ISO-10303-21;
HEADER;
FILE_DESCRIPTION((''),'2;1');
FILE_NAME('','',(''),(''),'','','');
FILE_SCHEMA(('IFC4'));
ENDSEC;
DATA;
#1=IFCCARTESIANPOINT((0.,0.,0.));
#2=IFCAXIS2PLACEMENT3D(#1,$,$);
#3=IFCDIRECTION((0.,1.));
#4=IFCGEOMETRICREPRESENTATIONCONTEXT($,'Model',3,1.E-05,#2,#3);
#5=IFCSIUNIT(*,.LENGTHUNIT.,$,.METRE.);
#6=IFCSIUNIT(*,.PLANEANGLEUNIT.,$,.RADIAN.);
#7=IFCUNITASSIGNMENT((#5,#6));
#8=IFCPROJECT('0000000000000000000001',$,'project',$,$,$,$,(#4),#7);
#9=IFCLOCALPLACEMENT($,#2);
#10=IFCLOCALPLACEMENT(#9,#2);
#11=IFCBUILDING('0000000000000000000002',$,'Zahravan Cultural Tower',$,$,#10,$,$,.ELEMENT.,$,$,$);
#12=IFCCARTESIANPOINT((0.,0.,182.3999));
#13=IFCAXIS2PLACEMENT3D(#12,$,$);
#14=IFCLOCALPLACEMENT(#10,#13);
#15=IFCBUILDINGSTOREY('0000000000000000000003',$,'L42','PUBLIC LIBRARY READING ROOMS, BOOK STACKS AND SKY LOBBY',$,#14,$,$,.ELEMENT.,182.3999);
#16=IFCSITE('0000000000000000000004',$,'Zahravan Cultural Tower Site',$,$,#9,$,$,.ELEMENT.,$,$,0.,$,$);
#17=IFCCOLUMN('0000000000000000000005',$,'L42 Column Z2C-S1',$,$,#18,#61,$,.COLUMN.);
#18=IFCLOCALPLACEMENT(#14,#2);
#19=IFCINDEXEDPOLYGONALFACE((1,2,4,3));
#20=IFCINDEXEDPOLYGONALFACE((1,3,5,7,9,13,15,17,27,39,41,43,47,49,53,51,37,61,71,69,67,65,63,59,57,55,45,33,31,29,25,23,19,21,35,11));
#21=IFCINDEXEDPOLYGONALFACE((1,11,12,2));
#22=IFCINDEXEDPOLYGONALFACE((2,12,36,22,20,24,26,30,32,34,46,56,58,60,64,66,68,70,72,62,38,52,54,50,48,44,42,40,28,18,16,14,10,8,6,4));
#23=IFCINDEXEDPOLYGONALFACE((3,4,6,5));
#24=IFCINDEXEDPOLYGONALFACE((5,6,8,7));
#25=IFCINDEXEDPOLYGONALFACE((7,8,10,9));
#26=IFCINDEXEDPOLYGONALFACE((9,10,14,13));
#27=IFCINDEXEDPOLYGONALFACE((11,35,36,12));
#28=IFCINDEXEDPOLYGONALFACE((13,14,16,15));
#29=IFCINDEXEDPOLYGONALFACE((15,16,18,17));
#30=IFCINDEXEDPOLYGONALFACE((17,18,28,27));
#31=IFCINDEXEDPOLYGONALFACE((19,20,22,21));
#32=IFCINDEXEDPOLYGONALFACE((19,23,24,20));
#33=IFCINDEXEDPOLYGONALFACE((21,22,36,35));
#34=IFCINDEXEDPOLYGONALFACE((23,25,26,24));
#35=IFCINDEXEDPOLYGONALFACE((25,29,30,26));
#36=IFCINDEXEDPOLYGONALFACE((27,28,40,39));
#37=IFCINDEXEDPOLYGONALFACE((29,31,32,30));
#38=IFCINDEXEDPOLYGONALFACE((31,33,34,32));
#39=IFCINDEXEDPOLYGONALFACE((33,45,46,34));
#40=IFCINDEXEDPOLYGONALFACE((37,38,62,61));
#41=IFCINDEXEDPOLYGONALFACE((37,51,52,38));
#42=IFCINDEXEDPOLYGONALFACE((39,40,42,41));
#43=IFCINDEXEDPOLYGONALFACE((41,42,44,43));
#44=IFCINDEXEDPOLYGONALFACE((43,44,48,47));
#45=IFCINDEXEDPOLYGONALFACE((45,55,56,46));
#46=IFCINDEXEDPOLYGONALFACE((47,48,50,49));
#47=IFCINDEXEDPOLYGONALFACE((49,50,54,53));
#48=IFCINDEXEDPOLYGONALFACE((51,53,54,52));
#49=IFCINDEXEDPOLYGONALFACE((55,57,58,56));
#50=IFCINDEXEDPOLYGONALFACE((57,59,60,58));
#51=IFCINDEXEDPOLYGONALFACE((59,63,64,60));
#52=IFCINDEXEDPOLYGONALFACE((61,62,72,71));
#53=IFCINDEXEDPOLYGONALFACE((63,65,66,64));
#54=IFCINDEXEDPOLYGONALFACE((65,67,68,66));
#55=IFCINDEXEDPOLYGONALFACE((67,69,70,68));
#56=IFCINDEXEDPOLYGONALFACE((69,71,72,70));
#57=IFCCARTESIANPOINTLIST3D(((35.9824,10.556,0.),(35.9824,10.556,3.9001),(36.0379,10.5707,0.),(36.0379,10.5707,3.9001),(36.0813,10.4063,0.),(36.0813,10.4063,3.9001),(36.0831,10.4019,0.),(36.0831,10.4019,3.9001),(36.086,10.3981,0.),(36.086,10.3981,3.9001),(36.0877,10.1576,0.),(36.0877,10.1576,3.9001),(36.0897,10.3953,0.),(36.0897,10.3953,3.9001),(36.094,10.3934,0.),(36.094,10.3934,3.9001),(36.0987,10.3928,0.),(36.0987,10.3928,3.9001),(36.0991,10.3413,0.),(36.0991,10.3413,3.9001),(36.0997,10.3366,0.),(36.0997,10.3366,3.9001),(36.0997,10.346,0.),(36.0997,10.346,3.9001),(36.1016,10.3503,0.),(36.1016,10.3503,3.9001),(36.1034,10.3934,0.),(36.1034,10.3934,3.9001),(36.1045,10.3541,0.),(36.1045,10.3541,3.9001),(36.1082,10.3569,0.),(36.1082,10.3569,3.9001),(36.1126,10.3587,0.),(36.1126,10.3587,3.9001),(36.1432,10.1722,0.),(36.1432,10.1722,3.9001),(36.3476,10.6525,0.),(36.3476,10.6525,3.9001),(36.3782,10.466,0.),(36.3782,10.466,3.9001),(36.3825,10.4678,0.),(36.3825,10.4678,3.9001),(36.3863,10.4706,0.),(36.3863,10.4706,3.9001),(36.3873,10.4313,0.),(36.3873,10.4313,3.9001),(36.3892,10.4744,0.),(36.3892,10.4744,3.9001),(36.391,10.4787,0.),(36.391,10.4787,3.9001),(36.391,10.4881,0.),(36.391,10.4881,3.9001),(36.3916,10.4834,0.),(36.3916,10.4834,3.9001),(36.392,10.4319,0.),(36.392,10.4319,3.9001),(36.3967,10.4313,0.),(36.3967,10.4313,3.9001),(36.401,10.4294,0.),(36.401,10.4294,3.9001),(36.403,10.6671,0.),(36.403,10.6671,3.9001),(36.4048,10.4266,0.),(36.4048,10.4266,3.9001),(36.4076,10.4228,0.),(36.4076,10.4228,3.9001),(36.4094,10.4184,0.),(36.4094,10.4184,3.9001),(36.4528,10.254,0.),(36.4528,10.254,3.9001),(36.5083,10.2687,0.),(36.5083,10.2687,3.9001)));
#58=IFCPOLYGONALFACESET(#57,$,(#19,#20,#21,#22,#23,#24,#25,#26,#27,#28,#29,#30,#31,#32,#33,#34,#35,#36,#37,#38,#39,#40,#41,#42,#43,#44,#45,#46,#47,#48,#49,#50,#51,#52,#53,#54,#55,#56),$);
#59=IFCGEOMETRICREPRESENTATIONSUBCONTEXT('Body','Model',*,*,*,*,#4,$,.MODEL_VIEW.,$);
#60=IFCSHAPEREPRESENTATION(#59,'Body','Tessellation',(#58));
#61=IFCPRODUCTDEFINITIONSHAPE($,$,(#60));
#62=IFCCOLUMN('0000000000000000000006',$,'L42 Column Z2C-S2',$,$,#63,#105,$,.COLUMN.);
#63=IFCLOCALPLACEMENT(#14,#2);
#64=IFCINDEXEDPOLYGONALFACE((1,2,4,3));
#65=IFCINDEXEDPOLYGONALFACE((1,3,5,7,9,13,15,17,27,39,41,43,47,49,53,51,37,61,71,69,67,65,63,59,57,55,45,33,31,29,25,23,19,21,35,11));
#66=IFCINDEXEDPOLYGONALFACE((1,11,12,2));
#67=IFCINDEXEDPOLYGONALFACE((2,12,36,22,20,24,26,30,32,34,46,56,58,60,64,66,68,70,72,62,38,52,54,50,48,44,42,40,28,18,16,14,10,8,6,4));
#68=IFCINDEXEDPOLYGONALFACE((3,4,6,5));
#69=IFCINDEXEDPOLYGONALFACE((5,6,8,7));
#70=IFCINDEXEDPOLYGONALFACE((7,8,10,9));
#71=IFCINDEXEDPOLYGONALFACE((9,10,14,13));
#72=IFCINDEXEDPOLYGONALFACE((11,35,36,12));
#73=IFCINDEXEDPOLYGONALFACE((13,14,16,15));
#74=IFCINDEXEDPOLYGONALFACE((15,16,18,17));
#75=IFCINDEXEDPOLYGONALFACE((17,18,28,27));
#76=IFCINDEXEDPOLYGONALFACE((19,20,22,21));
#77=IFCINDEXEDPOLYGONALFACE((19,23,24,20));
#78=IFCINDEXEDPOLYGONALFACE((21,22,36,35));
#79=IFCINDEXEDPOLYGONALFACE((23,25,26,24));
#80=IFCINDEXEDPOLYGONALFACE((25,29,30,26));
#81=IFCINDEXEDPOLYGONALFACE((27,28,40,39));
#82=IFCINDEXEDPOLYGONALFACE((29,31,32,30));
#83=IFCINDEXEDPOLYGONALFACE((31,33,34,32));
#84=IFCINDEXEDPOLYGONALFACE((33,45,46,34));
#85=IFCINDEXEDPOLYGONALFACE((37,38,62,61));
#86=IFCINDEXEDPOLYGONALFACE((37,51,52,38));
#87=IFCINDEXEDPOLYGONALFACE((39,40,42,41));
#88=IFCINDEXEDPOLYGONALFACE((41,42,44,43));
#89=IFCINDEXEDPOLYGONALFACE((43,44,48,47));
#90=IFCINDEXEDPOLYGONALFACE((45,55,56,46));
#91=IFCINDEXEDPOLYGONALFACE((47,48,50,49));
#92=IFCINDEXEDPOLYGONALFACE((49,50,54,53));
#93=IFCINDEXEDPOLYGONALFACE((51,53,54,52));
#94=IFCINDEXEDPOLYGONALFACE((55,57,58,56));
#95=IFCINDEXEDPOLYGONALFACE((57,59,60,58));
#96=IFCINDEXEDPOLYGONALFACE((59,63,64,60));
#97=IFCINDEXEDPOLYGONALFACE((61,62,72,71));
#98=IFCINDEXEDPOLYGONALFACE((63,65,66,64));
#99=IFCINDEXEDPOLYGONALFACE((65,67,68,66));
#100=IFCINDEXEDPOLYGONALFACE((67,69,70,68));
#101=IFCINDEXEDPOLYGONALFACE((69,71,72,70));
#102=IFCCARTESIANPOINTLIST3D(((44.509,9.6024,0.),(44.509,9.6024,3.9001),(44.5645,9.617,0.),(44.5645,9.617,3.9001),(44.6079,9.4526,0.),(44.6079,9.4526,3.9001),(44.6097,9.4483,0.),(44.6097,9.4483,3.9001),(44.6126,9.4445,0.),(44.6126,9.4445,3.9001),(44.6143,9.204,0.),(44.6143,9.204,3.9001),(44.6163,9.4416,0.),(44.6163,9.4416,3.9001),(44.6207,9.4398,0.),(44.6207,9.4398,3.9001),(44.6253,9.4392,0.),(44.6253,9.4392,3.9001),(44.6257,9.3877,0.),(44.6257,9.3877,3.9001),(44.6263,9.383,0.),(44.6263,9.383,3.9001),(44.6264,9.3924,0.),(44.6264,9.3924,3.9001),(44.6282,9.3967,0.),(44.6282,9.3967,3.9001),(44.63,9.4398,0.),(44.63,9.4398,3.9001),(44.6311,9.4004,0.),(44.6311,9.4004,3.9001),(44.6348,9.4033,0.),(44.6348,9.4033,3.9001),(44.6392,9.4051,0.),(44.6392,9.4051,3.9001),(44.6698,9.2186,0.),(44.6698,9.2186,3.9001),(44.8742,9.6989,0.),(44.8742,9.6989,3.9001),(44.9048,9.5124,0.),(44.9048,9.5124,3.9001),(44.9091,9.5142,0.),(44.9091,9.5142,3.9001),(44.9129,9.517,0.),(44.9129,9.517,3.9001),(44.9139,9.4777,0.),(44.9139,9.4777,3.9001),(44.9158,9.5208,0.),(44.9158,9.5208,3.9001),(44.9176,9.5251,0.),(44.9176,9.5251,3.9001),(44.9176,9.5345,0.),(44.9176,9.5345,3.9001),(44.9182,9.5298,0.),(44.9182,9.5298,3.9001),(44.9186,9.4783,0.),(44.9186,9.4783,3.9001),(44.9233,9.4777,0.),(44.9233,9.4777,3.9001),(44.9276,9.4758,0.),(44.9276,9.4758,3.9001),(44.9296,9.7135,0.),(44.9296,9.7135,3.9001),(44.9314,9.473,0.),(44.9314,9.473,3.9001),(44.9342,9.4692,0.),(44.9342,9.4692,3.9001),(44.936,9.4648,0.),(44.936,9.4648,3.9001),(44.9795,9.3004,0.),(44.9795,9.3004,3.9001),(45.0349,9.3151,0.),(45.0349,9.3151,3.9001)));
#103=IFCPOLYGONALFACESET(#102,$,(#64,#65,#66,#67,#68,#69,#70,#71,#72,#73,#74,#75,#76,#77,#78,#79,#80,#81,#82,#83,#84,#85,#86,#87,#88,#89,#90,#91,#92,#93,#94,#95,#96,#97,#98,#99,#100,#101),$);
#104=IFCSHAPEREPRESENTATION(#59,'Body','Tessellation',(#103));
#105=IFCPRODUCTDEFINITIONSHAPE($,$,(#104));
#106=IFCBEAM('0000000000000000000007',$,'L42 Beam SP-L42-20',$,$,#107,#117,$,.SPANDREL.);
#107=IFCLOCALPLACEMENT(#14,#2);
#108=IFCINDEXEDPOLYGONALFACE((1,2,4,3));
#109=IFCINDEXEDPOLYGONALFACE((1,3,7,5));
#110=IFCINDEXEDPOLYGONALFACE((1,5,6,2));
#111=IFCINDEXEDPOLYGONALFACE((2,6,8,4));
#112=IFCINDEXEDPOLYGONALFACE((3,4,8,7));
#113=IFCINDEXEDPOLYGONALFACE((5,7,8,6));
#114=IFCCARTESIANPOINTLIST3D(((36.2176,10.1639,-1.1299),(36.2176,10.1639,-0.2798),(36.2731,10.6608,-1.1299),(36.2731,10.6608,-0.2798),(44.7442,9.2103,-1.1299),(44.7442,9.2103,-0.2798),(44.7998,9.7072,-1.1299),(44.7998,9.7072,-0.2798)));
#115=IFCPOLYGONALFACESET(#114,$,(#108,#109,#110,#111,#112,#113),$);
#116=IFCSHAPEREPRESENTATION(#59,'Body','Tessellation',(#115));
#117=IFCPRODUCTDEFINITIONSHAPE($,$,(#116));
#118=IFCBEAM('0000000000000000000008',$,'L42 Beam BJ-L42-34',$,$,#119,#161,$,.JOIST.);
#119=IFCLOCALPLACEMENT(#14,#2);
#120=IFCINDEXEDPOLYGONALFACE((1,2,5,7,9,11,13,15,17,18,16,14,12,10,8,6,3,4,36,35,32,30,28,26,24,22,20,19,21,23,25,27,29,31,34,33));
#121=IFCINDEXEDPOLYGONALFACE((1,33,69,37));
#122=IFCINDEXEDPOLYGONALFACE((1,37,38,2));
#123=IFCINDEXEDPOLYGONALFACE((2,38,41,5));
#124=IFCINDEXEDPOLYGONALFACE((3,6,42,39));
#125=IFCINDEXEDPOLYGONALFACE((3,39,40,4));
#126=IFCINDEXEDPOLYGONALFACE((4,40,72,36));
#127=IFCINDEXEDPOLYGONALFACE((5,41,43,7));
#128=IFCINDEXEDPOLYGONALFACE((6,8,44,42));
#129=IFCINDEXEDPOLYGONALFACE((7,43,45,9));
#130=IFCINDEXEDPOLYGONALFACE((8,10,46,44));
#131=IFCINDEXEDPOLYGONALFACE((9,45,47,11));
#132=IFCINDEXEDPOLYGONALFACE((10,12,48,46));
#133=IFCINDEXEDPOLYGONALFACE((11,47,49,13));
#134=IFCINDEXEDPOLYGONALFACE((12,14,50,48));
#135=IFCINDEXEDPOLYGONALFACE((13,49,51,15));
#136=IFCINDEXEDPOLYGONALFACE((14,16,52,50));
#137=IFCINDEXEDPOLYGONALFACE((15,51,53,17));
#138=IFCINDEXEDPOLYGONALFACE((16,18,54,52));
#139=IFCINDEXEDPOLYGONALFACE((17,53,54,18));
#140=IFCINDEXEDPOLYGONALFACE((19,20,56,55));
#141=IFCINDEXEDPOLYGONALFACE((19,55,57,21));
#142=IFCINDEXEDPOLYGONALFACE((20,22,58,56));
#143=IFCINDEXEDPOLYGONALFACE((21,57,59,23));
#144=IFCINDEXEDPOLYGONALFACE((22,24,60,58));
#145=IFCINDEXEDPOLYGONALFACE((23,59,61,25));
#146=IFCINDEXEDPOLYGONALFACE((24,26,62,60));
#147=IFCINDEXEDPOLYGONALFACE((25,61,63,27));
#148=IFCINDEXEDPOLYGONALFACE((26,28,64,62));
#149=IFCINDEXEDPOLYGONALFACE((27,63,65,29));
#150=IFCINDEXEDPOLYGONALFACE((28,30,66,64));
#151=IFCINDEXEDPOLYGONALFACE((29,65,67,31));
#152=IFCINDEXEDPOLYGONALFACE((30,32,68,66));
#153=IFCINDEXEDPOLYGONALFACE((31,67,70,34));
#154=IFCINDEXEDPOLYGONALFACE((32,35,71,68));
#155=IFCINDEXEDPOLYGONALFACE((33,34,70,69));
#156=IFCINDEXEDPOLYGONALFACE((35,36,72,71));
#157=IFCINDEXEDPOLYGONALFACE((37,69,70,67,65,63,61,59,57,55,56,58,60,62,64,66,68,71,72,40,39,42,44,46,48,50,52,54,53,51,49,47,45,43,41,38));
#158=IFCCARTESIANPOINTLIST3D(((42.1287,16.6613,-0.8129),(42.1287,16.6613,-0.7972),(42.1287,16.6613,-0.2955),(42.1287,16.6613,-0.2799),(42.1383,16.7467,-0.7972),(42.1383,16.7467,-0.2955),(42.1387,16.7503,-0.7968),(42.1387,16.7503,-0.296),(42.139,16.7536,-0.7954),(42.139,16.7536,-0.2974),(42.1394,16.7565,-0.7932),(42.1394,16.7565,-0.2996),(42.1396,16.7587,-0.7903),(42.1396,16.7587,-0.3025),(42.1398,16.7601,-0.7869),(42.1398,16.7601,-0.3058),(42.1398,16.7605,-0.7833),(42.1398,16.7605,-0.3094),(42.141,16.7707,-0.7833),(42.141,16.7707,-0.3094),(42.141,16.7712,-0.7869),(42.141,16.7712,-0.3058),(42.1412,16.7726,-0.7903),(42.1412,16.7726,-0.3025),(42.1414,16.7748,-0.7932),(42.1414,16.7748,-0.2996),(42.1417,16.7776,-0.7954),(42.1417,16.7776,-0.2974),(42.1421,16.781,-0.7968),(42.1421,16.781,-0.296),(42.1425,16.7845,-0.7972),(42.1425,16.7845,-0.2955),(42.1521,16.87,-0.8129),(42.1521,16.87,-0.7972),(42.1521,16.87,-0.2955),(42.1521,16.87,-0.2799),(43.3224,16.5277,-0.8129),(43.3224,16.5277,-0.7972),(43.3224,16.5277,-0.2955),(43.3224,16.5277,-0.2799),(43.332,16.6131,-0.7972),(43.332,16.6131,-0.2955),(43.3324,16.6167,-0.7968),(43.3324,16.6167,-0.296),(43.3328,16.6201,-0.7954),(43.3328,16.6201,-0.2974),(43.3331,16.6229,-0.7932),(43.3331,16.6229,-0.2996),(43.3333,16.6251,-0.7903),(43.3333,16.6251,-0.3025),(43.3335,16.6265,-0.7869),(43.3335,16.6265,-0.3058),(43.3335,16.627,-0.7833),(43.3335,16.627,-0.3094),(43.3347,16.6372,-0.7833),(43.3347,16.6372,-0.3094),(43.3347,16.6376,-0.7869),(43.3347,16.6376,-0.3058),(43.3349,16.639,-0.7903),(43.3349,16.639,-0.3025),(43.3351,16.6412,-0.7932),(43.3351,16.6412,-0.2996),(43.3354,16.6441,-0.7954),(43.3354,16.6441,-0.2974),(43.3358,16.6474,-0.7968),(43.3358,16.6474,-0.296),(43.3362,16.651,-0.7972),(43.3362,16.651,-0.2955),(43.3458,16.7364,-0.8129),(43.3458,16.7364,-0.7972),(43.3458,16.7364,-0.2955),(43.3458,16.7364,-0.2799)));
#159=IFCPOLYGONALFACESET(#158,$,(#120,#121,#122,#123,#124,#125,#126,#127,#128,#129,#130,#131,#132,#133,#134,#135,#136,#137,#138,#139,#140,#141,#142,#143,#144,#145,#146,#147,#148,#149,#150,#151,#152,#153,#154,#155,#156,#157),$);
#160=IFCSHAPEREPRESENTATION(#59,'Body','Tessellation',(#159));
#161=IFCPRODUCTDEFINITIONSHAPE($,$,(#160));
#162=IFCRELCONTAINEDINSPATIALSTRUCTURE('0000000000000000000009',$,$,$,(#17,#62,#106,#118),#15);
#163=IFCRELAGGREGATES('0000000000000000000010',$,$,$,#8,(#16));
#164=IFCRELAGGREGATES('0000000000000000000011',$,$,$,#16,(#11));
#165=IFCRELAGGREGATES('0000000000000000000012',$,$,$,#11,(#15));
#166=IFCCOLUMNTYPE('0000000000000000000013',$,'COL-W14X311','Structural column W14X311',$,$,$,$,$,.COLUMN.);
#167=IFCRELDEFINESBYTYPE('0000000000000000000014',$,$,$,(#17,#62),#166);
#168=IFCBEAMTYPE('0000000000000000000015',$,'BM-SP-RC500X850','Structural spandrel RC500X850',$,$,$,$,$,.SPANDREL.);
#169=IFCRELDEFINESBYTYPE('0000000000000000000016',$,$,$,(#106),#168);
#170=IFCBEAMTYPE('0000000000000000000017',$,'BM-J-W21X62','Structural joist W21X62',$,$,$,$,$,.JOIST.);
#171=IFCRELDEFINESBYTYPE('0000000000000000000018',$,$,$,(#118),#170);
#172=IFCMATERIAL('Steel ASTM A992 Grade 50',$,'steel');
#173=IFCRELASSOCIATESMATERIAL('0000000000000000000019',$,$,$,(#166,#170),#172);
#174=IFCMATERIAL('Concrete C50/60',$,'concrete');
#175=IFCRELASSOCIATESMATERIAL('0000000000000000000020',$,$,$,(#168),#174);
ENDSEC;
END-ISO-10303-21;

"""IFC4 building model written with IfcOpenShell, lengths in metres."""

from ifc_helpers import new_model, si_unit, direction, frame, origin, origin_2d, place, context, subcontext, project, spatial, rectangle, i_section, extrude, source, transform, mapped, material, material_profile, profile_set, type_object, element, save


model = new_model("IFC4")

# Units and contexts
model_context = context("Model", 3, precision=1e-05, world=origin(), true_north=direction((0.0, 1.0)))
body_context = subcontext(model_context, "Body", "Model", "MODEL_VIEW")
ifc_project = project(units=[si_unit("LENGTHUNIT", "METRE"), si_unit("PLANEANGLEUNIT", "RADIAN")], contexts=[model_context])

# Site, building, storey
site_placement = place(None, origin())
site = spatial("IfcSite", under=ifc_project, at=site_placement, Name="Zahravan Cultural Tower Site", CompositionType="ELEMENT", RefElevation=0.0)
building_placement = place(site_placement, origin())
building = spatial("IfcBuilding", under=site, at=building_placement, Name="Zahravan Cultural Tower", CompositionType="ELEMENT")
storey_placement = place(building_placement, frame((0.0, 0.0, 182.3999)))
storey = spatial("IfcBuildingStorey", under=building, at=storey_placement, Name="L42", Description="PUBLIC LIBRARY READING ROOMS, BOOK STACKS AND SKY LOBBY", CompositionType="ELEMENT", Elevation=182.3999)

# Columns
ifc_material_1 = material(Name="Steel ASTM A992 Grade 50", Category="steel")
ifc_material_profile_1 = material_profile(ifc_material_1, i_section(OverallWidth=0.4121, OverallDepth=0.4351, WebThickness=0.0359, FlangeThickness=0.0574, FilletRadius=0.0181, at=origin_2d()), Name="W14X311")
ifc_profile_set_1 = profile_set([ifc_material_profile_1], Name="Steel ASTM A992 Grade 50")
column_type = type_object("IfcColumnType", Name="COL-W14X311", Description="Structural column W14X311", PredefinedType="COLUMN", material=ifc_profile_set_1)
shared_shape_1 = source(origin(), body_context, "Body", "SweptSolid", [
    extrude(i_section(OverallWidth=0.4121, OverallDepth=0.4351, WebThickness=0.0359, FlangeThickness=0.0574, FilletRadius=0.0181, at=origin_2d()), origin(), (0.0, 0.0, 1.0), 3.9001),
])
for number, where, z_axis, x_axis, name in (
    (1, (36.2454, 10.4124, 0.0), (0.0, 0.0, 1.0), (-0.255446, 0.966823, 0.0), "L42 Column Z2C-S1"),
    (2, (44.772, 9.4587, 0.0), (0.0, 0.0, 1.0), (-0.255446, 0.966823, 0.0), "L42 Column Z2C-S2"),
):
    element("IfcColumn", number, at=place(storey_placement, frame(where, z_axis=z_axis, x_axis=x_axis)), inside=storey, type_object=column_type, Name=name, PredefinedType="COLUMN", context=body_context, shape_type="MappedRepresentation", body=[
        mapped(shared_shape_1, transform((0.0, 0.0, 0.0), x_axis=(1.0, 0.0, 0.0), y_axis=(0.0, 1.0, 0.0), z_axis=(0.0, 0.0, 1.0), scale=1.0)),
    ])

# Beams
ifc_material_2 = material(Name="Concrete C50/60", Category="concrete")
ifc_material_profile_2 = material_profile(ifc_material_2, rectangle(XDim=0.5, YDim=0.8501, at=origin_2d()), Name="RC500X850")
ifc_profile_set_2 = profile_set([ifc_material_profile_2], Name="Concrete C50/60")
beam_type_1 = type_object("IfcBeamType", Name="BM-SP-RC500X850", Description="Structural spandrel RC500X850", PredefinedType="SPANDREL", material=ifc_profile_set_2)
shared_shape_2 = source(origin(), body_context, "Body", "SweptSolid", [
    extrude(rectangle(XDim=0.5, YDim=0.8501, at=origin_2d()), origin(), (0.0, 0.0, 1.0), 8.5798),
])
beam_1_placement = place(storey_placement, frame((36.2454, 10.4124, -0.7048), z_axis=(0.993804, -0.111147, 0.0), x_axis=(0.111147, 0.993804, 0.0)))
element("IfcBeam", 3, at=beam_1_placement, inside=storey, type_object=beam_type_1, Name="L42 Beam SP-L42-20", PredefinedType="SPANDREL", context=body_context, shape_type="MappedRepresentation", body=[
    mapped(shared_shape_2, transform((0.0, 0.0, 0.0), x_axis=(1.0, 0.0, 0.0), y_axis=(0.0, 1.0, 0.0), z_axis=(0.0, 0.0, 1.0), scale=1.0)),
])
ifc_material_profile_3 = material_profile(ifc_material_1, i_section(OverallWidth=0.21, OverallDepth=0.533, WebThickness=0.0103, FlangeThickness=0.0156, FilletRadius=0.0139, at=origin_2d()), Name="W21X62")
ifc_profile_set_3 = profile_set([ifc_material_profile_3], Name="Steel ASTM A992 Grade 50")
beam_type_2 = type_object("IfcBeamType", Name="BM-J-W21X62", Description="Structural joist W21X62", PredefinedType="JOIST", material=ifc_profile_set_3)
shared_shape_3 = source(origin(), body_context, "Body", "SweptSolid", [
    extrude(i_section(OverallWidth=0.21, OverallDepth=0.533, WebThickness=0.0103, FlangeThickness=0.0156, FilletRadius=0.0139, at=origin_2d()), origin(), (0.0, 0.0, 1.0), 1.2012),
])
beam_2_placement = place(storey_placement, frame((42.1404, 16.7656, -0.5464), z_axis=(0.993799, -0.11119, 0.0), x_axis=(0.11119, 0.993799, 0.0)))
element("IfcBeam", 4, at=beam_2_placement, inside=storey, type_object=beam_type_2, Name="L42 Beam BJ-L42-34", PredefinedType="JOIST", context=body_context, shape_type="MappedRepresentation", body=[
    mapped(shared_shape_3, transform((0.0, 0.0, 0.0), x_axis=(1.0, 0.0, 0.0), y_axis=(0.0, 1.0, 0.0), z_axis=(0.0, 0.0, 1.0), scale=1.0)),
])

save(model, "model.ifc")
